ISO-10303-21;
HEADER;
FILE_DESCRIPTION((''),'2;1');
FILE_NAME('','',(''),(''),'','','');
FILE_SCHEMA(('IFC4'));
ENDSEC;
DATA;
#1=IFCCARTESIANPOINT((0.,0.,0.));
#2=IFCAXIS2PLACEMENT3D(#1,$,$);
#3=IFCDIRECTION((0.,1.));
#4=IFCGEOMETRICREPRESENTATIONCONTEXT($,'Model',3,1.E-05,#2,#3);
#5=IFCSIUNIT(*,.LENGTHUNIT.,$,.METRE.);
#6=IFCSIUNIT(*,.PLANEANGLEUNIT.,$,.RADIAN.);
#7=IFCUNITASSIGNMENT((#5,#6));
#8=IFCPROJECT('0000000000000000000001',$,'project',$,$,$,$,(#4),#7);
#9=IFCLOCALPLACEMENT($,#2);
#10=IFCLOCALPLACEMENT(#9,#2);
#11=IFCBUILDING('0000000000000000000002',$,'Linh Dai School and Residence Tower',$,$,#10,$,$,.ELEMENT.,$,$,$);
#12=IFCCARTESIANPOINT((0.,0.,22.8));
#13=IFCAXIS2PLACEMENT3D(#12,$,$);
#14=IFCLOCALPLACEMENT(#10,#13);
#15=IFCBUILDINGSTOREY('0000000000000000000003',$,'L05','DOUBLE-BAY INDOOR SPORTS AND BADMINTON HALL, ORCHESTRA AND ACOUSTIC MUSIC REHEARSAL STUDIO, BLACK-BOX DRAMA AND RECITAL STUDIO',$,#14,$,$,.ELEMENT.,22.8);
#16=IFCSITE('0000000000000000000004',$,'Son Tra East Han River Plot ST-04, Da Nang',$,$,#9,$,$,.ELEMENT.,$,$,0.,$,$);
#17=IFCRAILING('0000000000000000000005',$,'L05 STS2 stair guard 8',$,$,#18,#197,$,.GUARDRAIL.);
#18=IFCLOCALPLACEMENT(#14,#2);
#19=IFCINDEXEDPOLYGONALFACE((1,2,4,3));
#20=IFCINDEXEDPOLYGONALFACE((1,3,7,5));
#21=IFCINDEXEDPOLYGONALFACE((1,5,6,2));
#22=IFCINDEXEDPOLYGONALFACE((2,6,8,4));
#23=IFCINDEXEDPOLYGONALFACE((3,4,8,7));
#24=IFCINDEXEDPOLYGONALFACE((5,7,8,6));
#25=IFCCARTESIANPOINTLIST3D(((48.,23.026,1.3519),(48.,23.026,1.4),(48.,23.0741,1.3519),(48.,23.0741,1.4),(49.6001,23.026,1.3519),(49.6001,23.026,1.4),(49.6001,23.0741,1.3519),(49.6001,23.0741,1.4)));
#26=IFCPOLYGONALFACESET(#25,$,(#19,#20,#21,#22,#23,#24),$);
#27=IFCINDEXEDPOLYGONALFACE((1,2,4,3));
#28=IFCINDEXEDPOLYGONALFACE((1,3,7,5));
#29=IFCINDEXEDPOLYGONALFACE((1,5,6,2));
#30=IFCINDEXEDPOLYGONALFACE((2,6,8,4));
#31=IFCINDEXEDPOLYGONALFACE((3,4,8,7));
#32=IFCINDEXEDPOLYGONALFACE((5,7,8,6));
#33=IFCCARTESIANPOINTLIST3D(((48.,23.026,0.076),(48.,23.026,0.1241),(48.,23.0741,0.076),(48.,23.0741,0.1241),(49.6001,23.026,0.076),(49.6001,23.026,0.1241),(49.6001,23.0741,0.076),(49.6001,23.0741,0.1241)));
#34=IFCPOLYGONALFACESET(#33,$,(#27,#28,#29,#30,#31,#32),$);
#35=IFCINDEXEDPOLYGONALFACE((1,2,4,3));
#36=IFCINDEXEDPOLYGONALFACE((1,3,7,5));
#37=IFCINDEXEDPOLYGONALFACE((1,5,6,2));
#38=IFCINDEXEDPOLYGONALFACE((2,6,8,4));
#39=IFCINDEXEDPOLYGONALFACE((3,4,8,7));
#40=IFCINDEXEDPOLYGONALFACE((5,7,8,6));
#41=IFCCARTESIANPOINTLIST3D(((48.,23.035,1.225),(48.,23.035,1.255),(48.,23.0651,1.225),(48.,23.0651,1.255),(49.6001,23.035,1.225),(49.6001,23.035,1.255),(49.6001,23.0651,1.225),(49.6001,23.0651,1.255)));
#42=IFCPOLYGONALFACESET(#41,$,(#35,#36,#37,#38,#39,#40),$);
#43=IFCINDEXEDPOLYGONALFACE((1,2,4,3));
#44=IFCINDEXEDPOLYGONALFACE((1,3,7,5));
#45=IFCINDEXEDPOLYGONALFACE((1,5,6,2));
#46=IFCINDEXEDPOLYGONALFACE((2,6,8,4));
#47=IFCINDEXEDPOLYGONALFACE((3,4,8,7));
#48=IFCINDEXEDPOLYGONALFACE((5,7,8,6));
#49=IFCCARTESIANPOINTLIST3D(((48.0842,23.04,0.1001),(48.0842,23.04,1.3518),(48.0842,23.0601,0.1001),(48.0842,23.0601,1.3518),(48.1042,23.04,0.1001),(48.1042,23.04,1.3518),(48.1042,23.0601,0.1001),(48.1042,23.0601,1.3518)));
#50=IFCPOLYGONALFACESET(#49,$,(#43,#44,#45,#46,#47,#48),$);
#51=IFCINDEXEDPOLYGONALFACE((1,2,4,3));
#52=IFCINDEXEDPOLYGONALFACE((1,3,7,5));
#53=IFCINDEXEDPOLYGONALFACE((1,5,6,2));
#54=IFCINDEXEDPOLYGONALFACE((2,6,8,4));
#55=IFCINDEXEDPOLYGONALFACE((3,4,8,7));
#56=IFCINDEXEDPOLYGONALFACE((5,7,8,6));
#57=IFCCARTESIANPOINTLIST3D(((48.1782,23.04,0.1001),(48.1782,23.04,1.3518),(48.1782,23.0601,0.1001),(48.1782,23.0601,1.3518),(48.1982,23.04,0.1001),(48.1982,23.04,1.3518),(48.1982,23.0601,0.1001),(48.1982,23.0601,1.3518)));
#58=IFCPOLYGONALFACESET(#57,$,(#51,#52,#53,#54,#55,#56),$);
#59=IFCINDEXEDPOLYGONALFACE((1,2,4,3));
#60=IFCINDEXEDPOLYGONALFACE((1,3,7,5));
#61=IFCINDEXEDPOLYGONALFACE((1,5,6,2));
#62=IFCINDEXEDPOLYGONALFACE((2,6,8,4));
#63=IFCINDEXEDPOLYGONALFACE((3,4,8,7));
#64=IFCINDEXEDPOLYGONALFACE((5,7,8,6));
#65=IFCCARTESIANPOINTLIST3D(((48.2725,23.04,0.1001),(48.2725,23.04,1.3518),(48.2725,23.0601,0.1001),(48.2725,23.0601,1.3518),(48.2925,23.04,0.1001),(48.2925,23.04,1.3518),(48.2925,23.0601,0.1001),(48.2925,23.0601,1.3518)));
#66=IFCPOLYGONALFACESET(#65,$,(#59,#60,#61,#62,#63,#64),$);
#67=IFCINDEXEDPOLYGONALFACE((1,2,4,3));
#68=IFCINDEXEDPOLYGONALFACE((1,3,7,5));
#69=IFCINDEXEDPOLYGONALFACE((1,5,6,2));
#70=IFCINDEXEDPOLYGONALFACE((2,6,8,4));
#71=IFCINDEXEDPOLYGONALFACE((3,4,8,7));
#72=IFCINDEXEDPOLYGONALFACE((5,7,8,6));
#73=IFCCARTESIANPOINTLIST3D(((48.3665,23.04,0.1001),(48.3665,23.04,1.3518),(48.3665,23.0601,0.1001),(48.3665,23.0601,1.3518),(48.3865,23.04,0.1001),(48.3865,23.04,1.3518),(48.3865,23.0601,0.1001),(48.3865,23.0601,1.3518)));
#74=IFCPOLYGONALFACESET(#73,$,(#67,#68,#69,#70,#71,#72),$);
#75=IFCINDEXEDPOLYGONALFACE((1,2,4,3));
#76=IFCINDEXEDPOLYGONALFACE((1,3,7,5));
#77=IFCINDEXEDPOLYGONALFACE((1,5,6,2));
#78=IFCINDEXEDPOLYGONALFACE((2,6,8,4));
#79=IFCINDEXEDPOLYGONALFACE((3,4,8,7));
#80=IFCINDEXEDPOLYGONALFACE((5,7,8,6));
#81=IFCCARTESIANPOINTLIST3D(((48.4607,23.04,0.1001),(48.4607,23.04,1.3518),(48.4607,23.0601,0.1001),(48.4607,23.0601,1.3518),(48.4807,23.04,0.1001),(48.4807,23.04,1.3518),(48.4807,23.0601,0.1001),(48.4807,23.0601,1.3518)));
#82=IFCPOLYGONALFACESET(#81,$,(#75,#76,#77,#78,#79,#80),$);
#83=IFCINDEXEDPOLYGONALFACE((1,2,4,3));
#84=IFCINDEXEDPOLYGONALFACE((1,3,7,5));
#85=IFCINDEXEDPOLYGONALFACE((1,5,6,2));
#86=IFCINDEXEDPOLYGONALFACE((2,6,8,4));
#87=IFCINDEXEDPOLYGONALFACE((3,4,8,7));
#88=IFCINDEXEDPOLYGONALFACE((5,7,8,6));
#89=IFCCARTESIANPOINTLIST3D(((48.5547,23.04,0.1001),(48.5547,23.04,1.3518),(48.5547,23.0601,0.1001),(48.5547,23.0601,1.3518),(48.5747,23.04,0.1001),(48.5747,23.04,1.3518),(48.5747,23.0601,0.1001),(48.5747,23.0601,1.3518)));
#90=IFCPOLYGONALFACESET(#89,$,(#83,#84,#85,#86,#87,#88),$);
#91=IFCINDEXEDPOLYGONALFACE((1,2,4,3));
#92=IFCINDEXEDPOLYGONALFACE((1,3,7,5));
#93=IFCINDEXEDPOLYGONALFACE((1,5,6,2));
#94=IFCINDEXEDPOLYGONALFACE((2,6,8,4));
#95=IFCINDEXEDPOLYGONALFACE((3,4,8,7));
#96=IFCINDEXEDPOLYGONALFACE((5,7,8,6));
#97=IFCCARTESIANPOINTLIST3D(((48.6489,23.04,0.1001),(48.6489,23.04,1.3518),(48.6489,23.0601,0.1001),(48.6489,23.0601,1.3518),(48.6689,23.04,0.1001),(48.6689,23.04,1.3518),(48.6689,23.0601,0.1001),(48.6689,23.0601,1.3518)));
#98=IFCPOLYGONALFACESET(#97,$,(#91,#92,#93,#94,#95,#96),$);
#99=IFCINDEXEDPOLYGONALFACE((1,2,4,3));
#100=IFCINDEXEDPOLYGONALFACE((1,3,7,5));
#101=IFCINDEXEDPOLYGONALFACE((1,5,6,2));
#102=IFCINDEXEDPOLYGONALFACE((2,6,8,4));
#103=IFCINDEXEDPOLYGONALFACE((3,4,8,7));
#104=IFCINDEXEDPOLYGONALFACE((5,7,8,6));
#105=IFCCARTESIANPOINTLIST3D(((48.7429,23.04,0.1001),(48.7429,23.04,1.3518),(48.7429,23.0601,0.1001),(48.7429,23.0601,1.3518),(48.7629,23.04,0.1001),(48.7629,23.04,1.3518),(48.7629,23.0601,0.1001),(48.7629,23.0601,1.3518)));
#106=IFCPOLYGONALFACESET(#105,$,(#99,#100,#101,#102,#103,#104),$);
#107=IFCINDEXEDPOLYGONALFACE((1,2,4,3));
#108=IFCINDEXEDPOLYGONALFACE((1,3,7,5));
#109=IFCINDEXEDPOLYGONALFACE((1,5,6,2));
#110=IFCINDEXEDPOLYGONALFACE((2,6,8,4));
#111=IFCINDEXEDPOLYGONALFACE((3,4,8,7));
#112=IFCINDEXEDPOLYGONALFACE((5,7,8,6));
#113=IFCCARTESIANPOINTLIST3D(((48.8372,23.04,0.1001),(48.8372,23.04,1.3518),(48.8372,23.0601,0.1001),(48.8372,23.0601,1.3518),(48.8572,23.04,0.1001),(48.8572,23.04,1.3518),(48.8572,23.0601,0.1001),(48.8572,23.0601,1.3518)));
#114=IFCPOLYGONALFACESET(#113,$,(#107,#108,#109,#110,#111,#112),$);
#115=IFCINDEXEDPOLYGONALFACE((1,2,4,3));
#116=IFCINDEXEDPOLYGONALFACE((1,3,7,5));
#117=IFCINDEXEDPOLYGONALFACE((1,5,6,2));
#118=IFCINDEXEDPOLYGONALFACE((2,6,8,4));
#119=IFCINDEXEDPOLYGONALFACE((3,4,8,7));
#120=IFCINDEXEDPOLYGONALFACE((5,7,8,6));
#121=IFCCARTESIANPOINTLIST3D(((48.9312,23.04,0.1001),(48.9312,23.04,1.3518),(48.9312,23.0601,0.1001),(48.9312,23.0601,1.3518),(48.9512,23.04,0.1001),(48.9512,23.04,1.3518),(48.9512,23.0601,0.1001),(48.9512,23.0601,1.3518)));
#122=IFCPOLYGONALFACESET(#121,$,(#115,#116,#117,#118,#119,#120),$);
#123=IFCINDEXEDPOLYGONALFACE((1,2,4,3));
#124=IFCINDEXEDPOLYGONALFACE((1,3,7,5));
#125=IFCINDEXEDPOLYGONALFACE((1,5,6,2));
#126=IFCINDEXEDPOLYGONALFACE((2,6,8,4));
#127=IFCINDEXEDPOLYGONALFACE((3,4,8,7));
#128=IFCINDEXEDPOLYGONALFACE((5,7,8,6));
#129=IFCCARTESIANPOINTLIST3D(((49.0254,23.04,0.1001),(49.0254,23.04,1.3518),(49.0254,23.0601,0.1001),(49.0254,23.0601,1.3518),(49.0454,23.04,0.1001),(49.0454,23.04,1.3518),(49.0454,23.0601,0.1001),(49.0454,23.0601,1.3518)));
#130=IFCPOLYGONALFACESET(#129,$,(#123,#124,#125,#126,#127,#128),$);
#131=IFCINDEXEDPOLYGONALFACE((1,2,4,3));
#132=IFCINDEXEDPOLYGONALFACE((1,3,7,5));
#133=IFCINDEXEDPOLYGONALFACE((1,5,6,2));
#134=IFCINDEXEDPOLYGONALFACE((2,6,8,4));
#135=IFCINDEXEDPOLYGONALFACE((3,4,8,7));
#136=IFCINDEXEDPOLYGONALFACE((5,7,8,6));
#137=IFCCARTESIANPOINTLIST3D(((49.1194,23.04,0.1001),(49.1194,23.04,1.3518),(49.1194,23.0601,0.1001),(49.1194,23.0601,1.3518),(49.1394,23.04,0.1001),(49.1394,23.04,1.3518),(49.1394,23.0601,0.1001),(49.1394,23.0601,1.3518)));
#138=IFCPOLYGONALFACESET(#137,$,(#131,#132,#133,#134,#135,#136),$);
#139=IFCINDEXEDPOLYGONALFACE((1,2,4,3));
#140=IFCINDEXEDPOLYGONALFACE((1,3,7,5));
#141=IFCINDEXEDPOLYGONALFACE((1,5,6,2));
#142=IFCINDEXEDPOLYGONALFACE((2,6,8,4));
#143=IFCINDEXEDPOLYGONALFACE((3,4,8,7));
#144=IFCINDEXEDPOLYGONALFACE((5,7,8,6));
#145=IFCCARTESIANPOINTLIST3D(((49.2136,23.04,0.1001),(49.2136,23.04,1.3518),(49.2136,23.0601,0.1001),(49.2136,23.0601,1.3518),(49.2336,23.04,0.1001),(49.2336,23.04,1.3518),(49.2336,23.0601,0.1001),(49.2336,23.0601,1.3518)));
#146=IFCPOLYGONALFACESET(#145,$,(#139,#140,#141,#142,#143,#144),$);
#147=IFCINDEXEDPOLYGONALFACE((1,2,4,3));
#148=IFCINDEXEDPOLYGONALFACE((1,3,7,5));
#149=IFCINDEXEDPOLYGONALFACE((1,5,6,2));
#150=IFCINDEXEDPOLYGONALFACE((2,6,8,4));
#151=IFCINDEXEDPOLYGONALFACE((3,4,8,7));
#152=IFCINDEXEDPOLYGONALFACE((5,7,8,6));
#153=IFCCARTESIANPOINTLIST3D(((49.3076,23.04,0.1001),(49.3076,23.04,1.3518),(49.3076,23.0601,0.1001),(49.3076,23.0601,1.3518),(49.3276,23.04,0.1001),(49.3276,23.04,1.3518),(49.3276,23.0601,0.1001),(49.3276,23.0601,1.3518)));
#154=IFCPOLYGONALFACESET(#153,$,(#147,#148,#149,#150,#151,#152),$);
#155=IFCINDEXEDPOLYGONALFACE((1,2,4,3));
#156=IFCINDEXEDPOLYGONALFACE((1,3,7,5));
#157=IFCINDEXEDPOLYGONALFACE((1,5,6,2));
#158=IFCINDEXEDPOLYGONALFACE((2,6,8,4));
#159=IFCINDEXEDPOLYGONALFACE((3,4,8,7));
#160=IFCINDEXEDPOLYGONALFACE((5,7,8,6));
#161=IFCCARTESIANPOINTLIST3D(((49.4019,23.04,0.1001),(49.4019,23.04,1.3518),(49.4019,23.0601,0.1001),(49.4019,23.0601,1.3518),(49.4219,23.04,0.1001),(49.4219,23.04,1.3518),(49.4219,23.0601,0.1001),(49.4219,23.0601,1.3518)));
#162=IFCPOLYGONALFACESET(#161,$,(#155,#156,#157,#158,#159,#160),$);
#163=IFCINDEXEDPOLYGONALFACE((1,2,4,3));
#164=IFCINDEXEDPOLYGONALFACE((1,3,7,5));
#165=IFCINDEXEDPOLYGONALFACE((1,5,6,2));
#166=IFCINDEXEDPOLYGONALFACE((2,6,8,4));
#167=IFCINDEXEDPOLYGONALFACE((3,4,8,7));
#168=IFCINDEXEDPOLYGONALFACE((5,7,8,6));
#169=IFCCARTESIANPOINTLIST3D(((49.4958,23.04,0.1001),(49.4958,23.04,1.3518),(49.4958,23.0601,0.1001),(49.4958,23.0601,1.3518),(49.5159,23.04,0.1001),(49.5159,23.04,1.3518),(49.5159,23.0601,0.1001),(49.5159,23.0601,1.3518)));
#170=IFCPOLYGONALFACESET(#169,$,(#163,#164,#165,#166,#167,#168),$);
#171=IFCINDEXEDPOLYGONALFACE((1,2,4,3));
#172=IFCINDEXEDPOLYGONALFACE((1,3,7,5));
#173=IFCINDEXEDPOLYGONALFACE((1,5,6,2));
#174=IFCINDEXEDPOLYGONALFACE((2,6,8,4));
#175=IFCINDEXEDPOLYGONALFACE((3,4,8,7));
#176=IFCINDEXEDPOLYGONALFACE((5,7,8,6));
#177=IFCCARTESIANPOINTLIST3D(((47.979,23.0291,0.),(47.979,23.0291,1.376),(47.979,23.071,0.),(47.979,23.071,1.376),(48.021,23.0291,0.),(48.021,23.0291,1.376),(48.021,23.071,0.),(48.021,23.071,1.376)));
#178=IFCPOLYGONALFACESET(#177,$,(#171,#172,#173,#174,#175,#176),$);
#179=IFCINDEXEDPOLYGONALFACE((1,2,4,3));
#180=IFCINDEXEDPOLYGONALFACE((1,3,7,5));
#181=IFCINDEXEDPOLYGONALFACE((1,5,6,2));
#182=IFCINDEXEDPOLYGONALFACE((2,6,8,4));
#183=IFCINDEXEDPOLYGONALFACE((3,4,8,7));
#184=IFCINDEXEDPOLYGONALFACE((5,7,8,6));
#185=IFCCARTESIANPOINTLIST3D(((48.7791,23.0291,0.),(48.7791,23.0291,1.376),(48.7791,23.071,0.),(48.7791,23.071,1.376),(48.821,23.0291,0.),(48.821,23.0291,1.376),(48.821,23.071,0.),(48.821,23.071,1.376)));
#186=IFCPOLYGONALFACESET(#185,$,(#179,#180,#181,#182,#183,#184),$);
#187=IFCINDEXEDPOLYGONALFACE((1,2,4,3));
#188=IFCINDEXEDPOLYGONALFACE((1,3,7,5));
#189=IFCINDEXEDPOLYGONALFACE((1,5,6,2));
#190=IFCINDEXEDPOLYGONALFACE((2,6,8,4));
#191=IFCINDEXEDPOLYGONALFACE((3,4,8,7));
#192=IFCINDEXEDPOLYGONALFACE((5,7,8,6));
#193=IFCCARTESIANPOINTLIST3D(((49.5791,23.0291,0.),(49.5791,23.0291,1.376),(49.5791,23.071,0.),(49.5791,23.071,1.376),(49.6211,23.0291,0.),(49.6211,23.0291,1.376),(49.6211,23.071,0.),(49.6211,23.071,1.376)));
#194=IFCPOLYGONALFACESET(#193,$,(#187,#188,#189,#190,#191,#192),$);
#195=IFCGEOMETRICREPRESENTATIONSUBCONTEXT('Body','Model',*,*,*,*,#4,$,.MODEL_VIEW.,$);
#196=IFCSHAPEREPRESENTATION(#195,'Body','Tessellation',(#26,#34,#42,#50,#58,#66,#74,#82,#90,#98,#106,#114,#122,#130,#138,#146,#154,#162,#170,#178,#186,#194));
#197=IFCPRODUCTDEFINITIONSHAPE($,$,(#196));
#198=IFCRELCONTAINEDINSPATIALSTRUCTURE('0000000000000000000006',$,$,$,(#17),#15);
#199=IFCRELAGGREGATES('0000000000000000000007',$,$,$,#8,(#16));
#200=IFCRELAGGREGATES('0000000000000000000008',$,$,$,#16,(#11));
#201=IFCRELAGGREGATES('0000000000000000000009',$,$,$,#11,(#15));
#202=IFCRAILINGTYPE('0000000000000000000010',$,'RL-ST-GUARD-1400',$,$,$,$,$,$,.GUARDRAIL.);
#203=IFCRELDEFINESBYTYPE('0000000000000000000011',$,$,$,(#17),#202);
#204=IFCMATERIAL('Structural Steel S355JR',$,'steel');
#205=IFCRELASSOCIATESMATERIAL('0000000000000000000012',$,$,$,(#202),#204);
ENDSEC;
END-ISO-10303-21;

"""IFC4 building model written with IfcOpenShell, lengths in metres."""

from ifc_helpers import new_model, si_unit, direction, frame, origin, origin_2d, place, context, subcontext, project, spatial, rectangle, extrude, source, transform, mapped, material, type_object, element, save


model = new_model("IFC4")

# Units and contexts
model_context = context("Model", 3, precision=1e-05, world=origin(), true_north=direction((0.0, 1.0)))
body_context = subcontext(model_context, "Body", "Model", "MODEL_VIEW")
ifc_project = project(units=[si_unit("LENGTHUNIT", "METRE"), si_unit("PLANEANGLEUNIT", "RADIAN")], contexts=[model_context])

# Site, building, storey
site_placement = place(None, origin())
site = spatial("IfcSite", under=ifc_project, at=site_placement, Name="Son Tra East Han River Plot ST-04, Da Nang", CompositionType="ELEMENT", RefElevation=0.0)
building_placement = place(site_placement, origin())
building = spatial("IfcBuilding", under=site, at=building_placement, Name="Linh Dai School and Residence Tower", CompositionType="ELEMENT")
storey_placement = place(building_placement, frame((0.0, 0.0, 22.8)))
storey = spatial("IfcBuildingStorey", under=building, at=storey_placement, Name="L05", Description="DOUBLE-BAY INDOOR SPORTS AND BADMINTON HALL, ORCHESTRA AND ACOUSTIC MUSIC REHEARSAL STUDIO, BLACK-BOX DRAMA AND RECITAL STUDIO", CompositionType="ELEMENT", Elevation=22.8)

# Shared definitions
ifc_material_1 = material(Name="Structural Steel S355JR", Category="steel")

# Railing
railing_type_1 = type_object("IfcRailingType", Name="RL-ST-GUARD-1400", PredefinedType="GUARDRAIL", material=ifc_material_1)
shared_shape_1 = source(origin(), body_context, "Body", "SweptSolid", [
    extrude(rectangle(XDim=0.0481, YDim=0.0481, at=origin_2d()), frame((0.0, 0.0, 1.376), z_axis=(1.0, 0.0, 0.0), x_axis=(0.0, 1.0, 0.0)), (0.0, 0.0, 1.0), 1.6001),
    extrude(rectangle(XDim=0.0481, YDim=0.0481, at=origin_2d()), frame((0.0, 0.0, 0.1001), z_axis=(1.0, 0.0, 0.0), x_axis=(0.0, 1.0, 0.0)), (0.0, 0.0, 1.0), 1.6001),
    extrude(rectangle(XDim=0.03, YDim=0.03, at=origin_2d()), frame((0.0, 0.0, 1.24), z_axis=(1.0, 0.0, 0.0), x_axis=(0.0, 1.0, 0.0)), (0.0, 0.0, 1.0), 1.6001),
    extrude(rectangle(XDim=0.02, YDim=0.02, at=origin_2d()), frame((0.0942, 0.0, 0.1001)), (0.0, 0.0, 1.0), 1.2517),
    extrude(rectangle(XDim=0.02, YDim=0.02, at=origin_2d()), frame((0.1882, 0.0, 0.1001)), (0.0, 0.0, 1.0), 1.2517),
    extrude(rectangle(XDim=0.02, YDim=0.02, at=origin_2d()), frame((0.2825, 0.0, 0.1001)), (0.0, 0.0, 1.0), 1.2517),
    extrude(rectangle(XDim=0.02, YDim=0.02, at=origin_2d()), frame((0.3765, 0.0, 0.1001)), (0.0, 0.0, 1.0), 1.2517),
    extrude(rectangle(XDim=0.02, YDim=0.02, at=origin_2d()), frame((0.4707, 0.0, 0.1001)), (0.0, 0.0, 1.0), 1.2517),
    extrude(rectangle(XDim=0.02, YDim=0.02, at=origin_2d()), frame((0.5647, 0.0, 0.1001)), (0.0, 0.0, 1.0), 1.2517),
    extrude(rectangle(XDim=0.02, YDim=0.02, at=origin_2d()), frame((0.6589, 0.0, 0.1001)), (0.0, 0.0, 1.0), 1.2517),
    extrude(rectangle(XDim=0.02, YDim=0.02, at=origin_2d()), frame((0.7529, 0.0, 0.1001)), (0.0, 0.0, 1.0), 1.2517),
    extrude(rectangle(XDim=0.02, YDim=0.02, at=origin_2d()), frame((0.8472, 0.0, 0.1001)), (0.0, 0.0, 1.0), 1.2517),
    extrude(rectangle(XDim=0.02, YDim=0.02, at=origin_2d()), frame((0.9412, 0.0, 0.1001)), (0.0, 0.0, 1.0), 1.2517),
    extrude(rectangle(XDim=0.02, YDim=0.02, at=origin_2d()), frame((1.0354, 0.0, 0.1001)), (0.0, 0.0, 1.0), 1.2517),
    extrude(rectangle(XDim=0.02, YDim=0.02, at=origin_2d()), frame((1.1294, 0.0, 0.1001)), (0.0, 0.0, 1.0), 1.2517),
    extrude(rectangle(XDim=0.02, YDim=0.02, at=origin_2d()), frame((1.2236, 0.0, 0.1001)), (0.0, 0.0, 1.0), 1.2517),
    extrude(rectangle(XDim=0.02, YDim=0.02, at=origin_2d()), frame((1.3176, 0.0, 0.1001)), (0.0, 0.0, 1.0), 1.2517),
    extrude(rectangle(XDim=0.02, YDim=0.02, at=origin_2d()), frame((1.4119, 0.0, 0.1001)), (0.0, 0.0, 1.0), 1.2517),
    extrude(rectangle(XDim=0.02, YDim=0.02, at=origin_2d()), frame((1.5059, 0.0, 0.1001)), (0.0, 0.0, 1.0), 1.2517),
    extrude(rectangle(XDim=0.042, YDim=0.042, at=origin_2d()), origin(), (0.0, 0.0, 1.0), 1.376),
    extrude(rectangle(XDim=0.042, YDim=0.042, at=origin_2d()), frame((0.8, 0.0, 0.0)), (0.0, 0.0, 1.0), 1.376),
    extrude(rectangle(XDim=0.042, YDim=0.042, at=origin_2d()), frame((1.6001, 0.0, 0.0)), (0.0, 0.0, 1.0), 1.376),
])
railing_1_placement = place(storey_placement, frame((48.0, 23.05, 0.0)))
element("IfcRailing", 1, at=railing_1_placement, inside=storey, type_object=railing_type_1, Name="L05 STS2 stair guard 8", PredefinedType="GUARDRAIL", context=body_context, shape_type="MappedRepresentation", body=[
    mapped(shared_shape_1, transform((0.0, 0.0, 0.0), x_axis=(1.0, 0.0, 0.0), y_axis=(0.0, 1.0, 0.0), z_axis=(0.0, 0.0, 1.0), scale=1.0)),
])

save(model, "model.ifc")
